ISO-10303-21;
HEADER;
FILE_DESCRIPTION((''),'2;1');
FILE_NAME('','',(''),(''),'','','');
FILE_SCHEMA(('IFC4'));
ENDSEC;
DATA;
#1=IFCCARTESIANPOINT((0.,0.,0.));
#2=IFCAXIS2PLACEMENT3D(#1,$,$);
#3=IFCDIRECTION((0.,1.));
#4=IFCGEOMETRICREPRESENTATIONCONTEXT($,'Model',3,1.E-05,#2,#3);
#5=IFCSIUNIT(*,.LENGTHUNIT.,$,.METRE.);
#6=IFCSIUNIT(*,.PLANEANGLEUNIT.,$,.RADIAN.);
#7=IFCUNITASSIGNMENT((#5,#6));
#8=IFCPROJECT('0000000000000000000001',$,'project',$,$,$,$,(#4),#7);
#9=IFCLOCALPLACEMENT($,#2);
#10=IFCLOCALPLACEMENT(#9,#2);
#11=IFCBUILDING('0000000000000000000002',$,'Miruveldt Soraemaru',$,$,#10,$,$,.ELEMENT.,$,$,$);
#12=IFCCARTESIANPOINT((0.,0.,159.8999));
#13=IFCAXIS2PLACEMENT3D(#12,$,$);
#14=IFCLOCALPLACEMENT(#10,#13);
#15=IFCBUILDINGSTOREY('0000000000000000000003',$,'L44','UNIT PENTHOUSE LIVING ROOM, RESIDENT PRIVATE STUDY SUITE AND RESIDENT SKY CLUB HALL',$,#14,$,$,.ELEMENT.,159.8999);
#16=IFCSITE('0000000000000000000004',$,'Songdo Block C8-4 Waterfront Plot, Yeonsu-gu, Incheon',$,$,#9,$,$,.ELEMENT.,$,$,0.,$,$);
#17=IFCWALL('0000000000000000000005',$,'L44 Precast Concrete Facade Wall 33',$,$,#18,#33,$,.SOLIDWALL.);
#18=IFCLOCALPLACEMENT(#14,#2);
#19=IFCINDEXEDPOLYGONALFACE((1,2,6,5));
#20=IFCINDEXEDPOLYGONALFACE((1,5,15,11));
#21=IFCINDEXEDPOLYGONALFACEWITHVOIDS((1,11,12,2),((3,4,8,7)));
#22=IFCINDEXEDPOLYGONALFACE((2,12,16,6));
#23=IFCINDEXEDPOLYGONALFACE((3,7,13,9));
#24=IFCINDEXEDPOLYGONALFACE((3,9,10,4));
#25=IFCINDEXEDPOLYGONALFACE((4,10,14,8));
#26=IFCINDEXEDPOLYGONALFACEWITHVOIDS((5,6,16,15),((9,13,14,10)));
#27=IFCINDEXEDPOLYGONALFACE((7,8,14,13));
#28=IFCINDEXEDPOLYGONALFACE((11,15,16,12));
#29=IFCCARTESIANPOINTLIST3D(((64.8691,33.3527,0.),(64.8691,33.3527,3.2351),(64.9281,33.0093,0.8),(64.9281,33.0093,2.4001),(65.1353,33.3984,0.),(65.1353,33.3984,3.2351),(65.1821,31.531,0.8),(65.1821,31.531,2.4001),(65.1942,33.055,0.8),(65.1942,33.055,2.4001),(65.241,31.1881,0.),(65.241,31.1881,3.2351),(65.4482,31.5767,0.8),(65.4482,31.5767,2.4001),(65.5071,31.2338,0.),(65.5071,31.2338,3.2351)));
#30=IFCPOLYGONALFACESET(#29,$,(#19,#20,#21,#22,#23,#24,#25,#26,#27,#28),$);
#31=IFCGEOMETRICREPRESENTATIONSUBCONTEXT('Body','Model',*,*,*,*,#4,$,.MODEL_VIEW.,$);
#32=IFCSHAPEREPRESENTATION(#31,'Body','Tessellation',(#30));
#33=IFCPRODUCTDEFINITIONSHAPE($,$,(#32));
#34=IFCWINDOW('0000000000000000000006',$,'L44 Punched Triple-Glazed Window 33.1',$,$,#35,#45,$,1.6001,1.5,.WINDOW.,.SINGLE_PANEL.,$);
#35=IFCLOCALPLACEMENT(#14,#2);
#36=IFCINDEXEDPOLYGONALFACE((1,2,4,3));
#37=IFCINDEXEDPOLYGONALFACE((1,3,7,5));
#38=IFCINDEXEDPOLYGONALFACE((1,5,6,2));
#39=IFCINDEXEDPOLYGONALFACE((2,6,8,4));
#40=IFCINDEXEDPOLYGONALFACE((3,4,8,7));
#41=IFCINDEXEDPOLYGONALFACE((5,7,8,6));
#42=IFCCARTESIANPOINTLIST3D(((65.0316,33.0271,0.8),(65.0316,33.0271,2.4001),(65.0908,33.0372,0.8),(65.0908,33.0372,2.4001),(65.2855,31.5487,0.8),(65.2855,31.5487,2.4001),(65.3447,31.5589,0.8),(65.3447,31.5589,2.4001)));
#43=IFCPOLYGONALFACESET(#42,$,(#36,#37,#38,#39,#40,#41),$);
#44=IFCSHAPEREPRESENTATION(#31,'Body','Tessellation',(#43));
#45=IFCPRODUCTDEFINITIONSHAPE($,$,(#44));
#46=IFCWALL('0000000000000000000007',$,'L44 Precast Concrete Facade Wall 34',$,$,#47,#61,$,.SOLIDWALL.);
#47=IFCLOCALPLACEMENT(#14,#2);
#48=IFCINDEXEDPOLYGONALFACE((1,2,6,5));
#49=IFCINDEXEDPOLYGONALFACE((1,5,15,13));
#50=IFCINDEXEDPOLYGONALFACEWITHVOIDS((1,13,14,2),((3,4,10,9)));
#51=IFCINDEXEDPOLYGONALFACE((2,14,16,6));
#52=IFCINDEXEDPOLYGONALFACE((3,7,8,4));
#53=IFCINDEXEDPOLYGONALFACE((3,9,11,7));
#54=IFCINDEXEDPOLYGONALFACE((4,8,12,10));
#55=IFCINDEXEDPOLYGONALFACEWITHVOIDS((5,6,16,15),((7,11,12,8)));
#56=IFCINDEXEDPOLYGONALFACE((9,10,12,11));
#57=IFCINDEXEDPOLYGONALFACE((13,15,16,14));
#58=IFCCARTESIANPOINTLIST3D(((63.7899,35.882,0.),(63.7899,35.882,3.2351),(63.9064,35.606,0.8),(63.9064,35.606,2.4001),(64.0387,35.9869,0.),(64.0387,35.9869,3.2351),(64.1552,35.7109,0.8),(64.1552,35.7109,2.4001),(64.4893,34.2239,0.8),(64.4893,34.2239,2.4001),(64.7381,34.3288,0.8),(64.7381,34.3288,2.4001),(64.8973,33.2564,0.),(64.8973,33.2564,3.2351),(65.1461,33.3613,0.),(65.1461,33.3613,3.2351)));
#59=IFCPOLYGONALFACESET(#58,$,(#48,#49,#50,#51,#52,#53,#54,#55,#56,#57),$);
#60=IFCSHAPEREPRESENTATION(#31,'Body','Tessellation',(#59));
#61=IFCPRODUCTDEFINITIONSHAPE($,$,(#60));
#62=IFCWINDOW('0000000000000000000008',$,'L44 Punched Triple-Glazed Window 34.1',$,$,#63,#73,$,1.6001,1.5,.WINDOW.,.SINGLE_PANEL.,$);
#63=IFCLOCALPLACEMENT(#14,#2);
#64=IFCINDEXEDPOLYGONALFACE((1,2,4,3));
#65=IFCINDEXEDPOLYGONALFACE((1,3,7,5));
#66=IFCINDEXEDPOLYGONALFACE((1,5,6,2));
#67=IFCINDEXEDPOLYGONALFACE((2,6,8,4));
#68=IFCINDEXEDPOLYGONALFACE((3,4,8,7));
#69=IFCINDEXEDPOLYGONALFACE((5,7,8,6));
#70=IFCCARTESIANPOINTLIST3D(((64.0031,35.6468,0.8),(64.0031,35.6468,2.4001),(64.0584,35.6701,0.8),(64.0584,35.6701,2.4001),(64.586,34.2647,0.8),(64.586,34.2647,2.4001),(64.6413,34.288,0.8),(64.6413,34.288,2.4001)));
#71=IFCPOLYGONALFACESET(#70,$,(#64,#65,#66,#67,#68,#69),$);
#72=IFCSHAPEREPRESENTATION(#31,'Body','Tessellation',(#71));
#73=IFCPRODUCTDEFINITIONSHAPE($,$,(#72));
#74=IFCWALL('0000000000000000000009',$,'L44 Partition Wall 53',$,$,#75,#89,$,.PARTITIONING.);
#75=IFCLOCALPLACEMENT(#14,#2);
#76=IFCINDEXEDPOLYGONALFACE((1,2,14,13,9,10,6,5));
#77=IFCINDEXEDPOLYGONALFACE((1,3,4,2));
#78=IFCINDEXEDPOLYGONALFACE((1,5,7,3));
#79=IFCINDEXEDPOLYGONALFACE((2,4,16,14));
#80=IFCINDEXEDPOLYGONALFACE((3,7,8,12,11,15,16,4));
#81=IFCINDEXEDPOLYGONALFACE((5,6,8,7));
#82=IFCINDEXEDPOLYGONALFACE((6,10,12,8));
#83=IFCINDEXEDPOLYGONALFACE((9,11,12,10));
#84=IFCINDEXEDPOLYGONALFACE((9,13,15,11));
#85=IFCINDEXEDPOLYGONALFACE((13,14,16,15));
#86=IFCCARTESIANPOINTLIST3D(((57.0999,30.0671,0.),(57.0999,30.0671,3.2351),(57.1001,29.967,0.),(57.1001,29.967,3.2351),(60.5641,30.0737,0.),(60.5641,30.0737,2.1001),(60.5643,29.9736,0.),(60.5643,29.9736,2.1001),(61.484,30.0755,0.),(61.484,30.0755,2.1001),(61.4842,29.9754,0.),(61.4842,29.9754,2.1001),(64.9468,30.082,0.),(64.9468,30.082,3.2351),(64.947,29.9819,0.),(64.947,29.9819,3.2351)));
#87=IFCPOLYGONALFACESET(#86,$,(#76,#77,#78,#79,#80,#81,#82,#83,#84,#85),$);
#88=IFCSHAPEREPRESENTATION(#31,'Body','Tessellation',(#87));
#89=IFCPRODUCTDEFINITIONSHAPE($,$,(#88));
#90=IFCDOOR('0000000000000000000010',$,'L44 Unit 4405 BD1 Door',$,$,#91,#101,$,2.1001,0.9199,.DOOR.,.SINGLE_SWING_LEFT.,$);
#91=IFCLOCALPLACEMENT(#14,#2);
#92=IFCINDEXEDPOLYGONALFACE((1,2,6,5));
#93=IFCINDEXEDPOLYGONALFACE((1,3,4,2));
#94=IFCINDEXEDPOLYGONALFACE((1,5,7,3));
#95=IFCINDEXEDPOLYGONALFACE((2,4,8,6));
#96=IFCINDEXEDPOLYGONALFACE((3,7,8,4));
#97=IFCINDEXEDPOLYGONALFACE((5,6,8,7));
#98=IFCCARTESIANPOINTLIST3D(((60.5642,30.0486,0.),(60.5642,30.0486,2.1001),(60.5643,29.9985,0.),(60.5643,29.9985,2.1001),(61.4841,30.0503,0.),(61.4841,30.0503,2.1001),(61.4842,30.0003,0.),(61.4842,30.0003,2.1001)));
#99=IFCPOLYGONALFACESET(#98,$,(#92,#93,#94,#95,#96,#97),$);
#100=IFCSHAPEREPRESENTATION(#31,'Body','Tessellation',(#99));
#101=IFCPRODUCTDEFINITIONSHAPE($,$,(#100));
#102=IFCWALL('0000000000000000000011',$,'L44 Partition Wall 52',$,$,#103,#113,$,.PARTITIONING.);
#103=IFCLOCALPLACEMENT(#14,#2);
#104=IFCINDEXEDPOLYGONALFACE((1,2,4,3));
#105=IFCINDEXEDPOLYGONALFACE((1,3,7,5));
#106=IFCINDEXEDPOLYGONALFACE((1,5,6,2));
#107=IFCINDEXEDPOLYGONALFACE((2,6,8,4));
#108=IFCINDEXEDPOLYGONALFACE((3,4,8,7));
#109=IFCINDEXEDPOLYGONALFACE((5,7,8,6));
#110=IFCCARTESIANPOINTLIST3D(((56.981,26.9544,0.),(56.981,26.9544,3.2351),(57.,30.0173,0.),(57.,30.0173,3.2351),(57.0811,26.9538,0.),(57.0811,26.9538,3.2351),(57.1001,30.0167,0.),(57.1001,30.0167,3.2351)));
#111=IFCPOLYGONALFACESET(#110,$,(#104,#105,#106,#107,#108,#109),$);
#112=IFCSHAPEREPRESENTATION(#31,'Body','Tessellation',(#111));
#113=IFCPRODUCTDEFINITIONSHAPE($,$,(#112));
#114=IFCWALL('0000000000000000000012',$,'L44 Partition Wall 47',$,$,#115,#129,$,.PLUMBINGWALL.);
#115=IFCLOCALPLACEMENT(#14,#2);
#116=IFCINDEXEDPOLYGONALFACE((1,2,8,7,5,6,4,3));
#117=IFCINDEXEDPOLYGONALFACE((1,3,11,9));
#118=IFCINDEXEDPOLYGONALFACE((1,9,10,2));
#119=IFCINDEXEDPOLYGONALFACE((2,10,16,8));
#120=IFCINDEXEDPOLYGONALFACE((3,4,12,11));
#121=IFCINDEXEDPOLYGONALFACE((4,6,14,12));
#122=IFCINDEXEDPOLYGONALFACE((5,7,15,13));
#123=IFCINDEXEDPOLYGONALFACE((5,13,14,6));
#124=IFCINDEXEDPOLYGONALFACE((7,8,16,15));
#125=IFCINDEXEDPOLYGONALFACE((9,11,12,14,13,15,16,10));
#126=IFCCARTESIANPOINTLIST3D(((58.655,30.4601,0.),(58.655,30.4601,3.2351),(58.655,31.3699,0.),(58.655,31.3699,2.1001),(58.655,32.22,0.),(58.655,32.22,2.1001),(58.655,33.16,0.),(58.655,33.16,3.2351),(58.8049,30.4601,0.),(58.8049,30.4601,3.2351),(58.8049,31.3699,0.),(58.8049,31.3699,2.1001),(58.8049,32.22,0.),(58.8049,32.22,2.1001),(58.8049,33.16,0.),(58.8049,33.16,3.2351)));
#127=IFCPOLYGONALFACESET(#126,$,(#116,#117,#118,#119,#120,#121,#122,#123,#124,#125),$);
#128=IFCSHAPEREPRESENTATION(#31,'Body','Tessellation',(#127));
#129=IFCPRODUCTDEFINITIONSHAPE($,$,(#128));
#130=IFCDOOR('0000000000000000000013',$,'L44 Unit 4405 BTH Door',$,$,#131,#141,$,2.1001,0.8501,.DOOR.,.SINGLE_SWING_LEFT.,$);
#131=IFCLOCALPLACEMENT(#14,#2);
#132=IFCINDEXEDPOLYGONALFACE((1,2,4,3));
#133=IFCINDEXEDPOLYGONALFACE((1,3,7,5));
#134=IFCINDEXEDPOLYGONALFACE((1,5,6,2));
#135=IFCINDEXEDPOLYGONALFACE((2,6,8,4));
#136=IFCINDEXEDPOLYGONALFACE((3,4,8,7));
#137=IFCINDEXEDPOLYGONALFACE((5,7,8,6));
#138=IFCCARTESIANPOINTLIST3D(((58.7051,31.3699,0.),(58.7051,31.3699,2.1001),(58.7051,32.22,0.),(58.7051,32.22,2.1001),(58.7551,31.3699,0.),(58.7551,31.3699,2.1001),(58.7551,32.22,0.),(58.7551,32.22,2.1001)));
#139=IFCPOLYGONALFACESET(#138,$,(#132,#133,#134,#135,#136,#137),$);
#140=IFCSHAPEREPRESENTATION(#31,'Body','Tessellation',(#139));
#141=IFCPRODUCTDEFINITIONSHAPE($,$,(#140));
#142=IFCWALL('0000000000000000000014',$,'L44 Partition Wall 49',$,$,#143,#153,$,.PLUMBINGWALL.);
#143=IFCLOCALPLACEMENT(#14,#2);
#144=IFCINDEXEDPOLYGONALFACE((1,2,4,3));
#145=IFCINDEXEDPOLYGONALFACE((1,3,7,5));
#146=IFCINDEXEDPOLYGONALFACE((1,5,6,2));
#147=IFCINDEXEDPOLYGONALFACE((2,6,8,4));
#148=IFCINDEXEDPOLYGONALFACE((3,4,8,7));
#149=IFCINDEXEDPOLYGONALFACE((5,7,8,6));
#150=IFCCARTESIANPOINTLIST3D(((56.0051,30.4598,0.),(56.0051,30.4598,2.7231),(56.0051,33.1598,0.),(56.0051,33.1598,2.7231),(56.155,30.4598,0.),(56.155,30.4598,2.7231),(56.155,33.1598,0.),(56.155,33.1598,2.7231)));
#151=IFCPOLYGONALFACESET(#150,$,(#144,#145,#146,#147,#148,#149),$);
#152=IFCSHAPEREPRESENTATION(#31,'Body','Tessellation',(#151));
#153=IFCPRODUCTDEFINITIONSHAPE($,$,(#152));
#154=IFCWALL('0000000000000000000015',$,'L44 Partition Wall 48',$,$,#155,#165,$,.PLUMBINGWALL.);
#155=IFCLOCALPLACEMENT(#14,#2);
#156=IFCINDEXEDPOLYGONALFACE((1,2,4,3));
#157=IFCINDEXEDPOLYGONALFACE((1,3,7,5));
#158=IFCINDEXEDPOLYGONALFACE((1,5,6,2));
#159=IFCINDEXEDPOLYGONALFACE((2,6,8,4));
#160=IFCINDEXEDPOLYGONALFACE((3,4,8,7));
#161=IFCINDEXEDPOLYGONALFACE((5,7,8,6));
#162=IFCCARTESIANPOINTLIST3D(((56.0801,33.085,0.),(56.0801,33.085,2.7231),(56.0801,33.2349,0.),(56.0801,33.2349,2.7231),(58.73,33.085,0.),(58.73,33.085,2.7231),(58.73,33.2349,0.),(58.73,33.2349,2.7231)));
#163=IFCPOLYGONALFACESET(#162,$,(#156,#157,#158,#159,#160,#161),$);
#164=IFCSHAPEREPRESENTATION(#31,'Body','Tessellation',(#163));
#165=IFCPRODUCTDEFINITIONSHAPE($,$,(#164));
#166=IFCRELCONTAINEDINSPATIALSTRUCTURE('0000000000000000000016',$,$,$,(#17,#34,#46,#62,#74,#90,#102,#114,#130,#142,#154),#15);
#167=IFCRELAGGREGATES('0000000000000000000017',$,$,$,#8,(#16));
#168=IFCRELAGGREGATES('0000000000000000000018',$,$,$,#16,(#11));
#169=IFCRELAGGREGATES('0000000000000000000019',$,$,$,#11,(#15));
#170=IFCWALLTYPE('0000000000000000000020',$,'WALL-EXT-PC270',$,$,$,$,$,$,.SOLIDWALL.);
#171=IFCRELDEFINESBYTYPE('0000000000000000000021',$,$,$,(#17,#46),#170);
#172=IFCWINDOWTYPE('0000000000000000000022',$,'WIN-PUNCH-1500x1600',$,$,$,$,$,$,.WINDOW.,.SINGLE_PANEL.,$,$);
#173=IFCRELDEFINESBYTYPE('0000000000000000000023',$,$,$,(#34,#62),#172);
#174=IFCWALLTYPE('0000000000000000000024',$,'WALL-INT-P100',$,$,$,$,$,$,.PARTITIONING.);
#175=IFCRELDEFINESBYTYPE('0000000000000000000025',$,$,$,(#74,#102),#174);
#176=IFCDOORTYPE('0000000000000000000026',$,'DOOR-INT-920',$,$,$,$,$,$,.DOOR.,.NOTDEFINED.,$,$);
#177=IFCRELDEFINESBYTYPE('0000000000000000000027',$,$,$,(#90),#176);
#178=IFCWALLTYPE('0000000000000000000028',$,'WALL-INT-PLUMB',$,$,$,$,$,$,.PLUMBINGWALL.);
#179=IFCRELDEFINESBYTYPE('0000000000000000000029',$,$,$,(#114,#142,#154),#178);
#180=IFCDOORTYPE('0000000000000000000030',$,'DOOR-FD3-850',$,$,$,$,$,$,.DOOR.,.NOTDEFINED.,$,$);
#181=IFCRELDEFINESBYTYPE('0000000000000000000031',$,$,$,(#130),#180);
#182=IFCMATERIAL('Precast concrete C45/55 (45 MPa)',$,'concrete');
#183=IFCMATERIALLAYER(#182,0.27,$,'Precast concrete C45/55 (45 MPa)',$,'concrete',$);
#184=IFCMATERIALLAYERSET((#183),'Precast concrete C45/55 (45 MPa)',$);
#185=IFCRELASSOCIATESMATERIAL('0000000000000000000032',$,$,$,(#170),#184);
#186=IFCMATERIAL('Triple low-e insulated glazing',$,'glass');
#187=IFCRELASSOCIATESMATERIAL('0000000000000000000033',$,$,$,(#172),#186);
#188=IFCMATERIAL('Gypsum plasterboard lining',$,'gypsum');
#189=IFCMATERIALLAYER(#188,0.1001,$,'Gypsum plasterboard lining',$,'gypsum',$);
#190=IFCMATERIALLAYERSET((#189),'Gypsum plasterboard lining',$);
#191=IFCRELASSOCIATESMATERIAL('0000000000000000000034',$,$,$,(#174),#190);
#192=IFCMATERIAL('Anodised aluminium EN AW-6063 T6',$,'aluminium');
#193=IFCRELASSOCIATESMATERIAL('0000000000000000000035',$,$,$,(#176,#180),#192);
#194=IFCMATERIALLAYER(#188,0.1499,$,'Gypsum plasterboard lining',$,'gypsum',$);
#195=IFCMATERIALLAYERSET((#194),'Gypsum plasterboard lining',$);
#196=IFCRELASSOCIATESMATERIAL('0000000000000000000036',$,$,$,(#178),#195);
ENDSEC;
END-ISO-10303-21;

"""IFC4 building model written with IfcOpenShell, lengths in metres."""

from ifc_helpers import new_model, si_unit, direction, frame, frame_2d, origin, place, context, subcontext, project, spatial, rectangle, extrude, material, layer, layer_set, type_object, element, fill, save


model = new_model("IFC4")

# Units and contexts
model_context = context("Model", 3, precision=1e-05, world=origin(), true_north=direction((0.0, 1.0)))
body_context = subcontext(model_context, "Body", "Model", "MODEL_VIEW")
ifc_project = project(units=[si_unit("LENGTHUNIT", "METRE"), si_unit("PLANEANGLEUNIT", "RADIAN")], contexts=[model_context])

# Site, building, storey
site_placement = place(None, origin())
site = spatial("IfcSite", under=ifc_project, at=site_placement, Name="Songdo Block C8-4 Waterfront Plot, Yeonsu-gu, Incheon", CompositionType="ELEMENT", RefElevation=0.0)
building_placement = place(site_placement, origin())
building = spatial("IfcBuilding", under=site, at=building_placement, Name="Miruveldt Soraemaru", CompositionType="ELEMENT")
storey_placement = place(building_placement, frame((0.0, 0.0, 159.8999)))
storey = spatial("IfcBuildingStorey", under=building, at=storey_placement, Name="L44", Description="UNIT PENTHOUSE LIVING ROOM, RESIDENT PRIVATE STUDY SUITE AND RESIDENT SKY CLUB HALL", CompositionType="ELEMENT", Elevation=159.8999)

# Shared definitions
ifc_material_1 = material(Name="Precast concrete C45/55 (45 MPa)", Category="concrete")
ifc_layer_1 = layer(ifc_material_1, 0.27, Name="Precast concrete C45/55 (45 MPa)", Category="concrete")
ifc_layer_set_1 = layer_set([ifc_layer_1], Name="Precast concrete C45/55 (45 MPa)")
wall_type_1 = type_object("IfcWallType", Name="WALL-EXT-PC270", PredefinedType="SOLIDWALL", material=ifc_layer_set_1)

# Shared definitions
ifc_material_2 = material(Name="Triple low-e insulated glazing", Category="glass")
window_type_1 = type_object("IfcWindowType", Name="WIN-PUNCH-1500x1600", PartitioningType="SINGLE_PANEL", PredefinedType="WINDOW", material=ifc_material_2)

# Walls, openings, windows
wall_1_placement = place(storey_placement, frame((65.374, 31.2109, 0.0), z_axis=(0.0, 0.0, 1.0), x_axis=(-0.1693, 0.985565, 0.0)))
wall_1 = element("IfcWall", 1, at=wall_1_placement, inside=storey, type_object=wall_type_1, Name="L44 Precast Concrete Facade Wall 33", PredefinedType="SOLIDWALL", context=body_context, shape_type="SweptSolid", body=[
    extrude(rectangle(XDim=2.1963, YDim=0.27, at=frame_2d((1.0981, 0.0))), origin(), (0.0, 0.0, 1.0), 3.2351),
])
opening_1_placement = place(wall_1_placement, frame((0.3479, 0.0, 0.8)))
opening_1 = element("IfcOpeningElement", 2, at=opening_1_placement, cuts=wall_1, PredefinedType="OPENING", context=body_context, shape_type="SweptSolid", body=[
    extrude(rectangle(XDim=1.5, YDim=1.6001, at=frame_2d((0.75, 0.8))), frame((0.0, 0.145, 0.0), z_axis=(0.0, -1.0, 0.0), x_axis=(1.0, 0.0, 0.0)), (0.0, 0.0, 1.0), 0.29),
])
window_1_placement = place(opening_1_placement, origin())
window_1 = element("IfcWindow", 3, at=window_1_placement, inside=storey, type_object=window_type_1, Name="L44 Punched Triple-Glazed Window 33.1", OverallHeight=1.6001, OverallWidth=1.5, PartitioningType="SINGLE_PANEL", PredefinedType="WINDOW", context=body_context, shape_type="SweptSolid", body=[
    extrude(rectangle(XDim=1.5, YDim=1.6001, at=frame_2d((0.75, 0.8))), frame((0.0, 0.03, 0.0), z_axis=(0.0, -1.0, 0.0), x_axis=(1.0, 0.0, 0.0)), (0.0, 0.0, 1.0), 0.0601),
])
fill(opening_1, window_1)
wall_2_placement = place(storey_placement, frame((65.0217, 33.3088, 0.0), z_axis=(0.0, 0.0, 1.0), x_axis=(-0.388608, 0.921403, 0.0)))
wall_2 = element("IfcWall", 4, at=wall_2_placement, inside=storey, type_object=wall_type_1, Name="L44 Precast Concrete Facade Wall 34", PredefinedType="SOLIDWALL", context=body_context, shape_type="SweptSolid", body=[
    extrude(rectangle(XDim=2.8496, YDim=0.27, at=frame_2d((1.4248, 0.0))), origin(), (0.0, 0.0, 1.0), 3.2351),
])
opening_2_placement = place(wall_2_placement, frame((1.05, 0.0, 0.8)))
opening_2 = element("IfcOpeningElement", 5, at=opening_2_placement, cuts=wall_2, PredefinedType="OPENING", context=body_context, shape_type="SweptSolid", body=[
    extrude(rectangle(XDim=1.5, YDim=1.6001, at=frame_2d((0.75, 0.8))), frame((0.0, 0.145, 0.0), z_axis=(0.0, -1.0, 0.0), x_axis=(1.0, 0.0, 0.0)), (0.0, 0.0, 1.0), 0.29),
])
window_2_placement = place(opening_2_placement, origin())
window_2 = element("IfcWindow", 6, at=window_2_placement, inside=storey, type_object=window_type_1, Name="L44 Punched Triple-Glazed Window 34.1", OverallHeight=1.6001, OverallWidth=1.5, PartitioningType="SINGLE_PANEL", PredefinedType="WINDOW", context=body_context, shape_type="SweptSolid", body=[
    extrude(rectangle(XDim=1.5, YDim=1.6001, at=frame_2d((0.75, 0.8))), frame((0.0, 0.03, 0.0), z_axis=(0.0, -1.0, 0.0), x_axis=(1.0, 0.0, 0.0)), (0.0, 0.0, 1.0), 0.0601),
])
fill(opening_2, window_2)

# Wall, opening, door
ifc_material_3 = material(Name="Gypsum plasterboard lining", Category="gypsum")
ifc_layer_2 = layer(ifc_material_3, 0.1001, Name="Gypsum plasterboard lining", Category="gypsum")
ifc_layer_set_2 = layer_set([ifc_layer_2], Name="Gypsum plasterboard lining")
wall_type_2 = type_object("IfcWallType", Name="WALL-INT-P100", PredefinedType="PARTITIONING", material=ifc_layer_set_2)
wall_3_placement = place(storey_placement, frame((57.1001, 30.0171, 0.0), z_axis=(0.0, 0.0, 1.0), x_axis=(0.999998, 0.001898, 0.0)))
wall_3 = element("IfcWall", 7, at=wall_3_placement, inside=storey, type_object=wall_type_2, Name="L44 Partition Wall 53", PredefinedType="PARTITIONING", context=body_context, shape_type="SweptSolid", body=[
    extrude(rectangle(XDim=7.8469, YDim=0.1001, at=frame_2d((3.9233, 0.0))), origin(), (0.0, 0.0, 1.0), 3.2351),
])
opening_3_placement = place(wall_3_placement, frame((3.4641, 0.0, 0.0)))
opening_3 = element("IfcOpeningElement", 8, at=opening_3_placement, cuts=wall_3, PredefinedType="OPENING", context=body_context, shape_type="SweptSolid", body=[
    extrude(rectangle(XDim=0.9199, YDim=2.1001, at=frame_2d((0.46, 1.05))), frame((0.0, 0.0601, 0.0), z_axis=(0.0, -1.0, 0.0), x_axis=(1.0, 0.0, 0.0)), (0.0, 0.0, 1.0), 0.1201),
])
ifc_material_4 = material(Name="Anodised aluminium EN AW-6063 T6", Category="aluminium")
door_type_1 = type_object("IfcDoorType", Name="DOOR-INT-920", OperationType="NOTDEFINED", PredefinedType="DOOR", material=ifc_material_4)
door_1_placement = place(opening_3_placement, origin())
door_1 = element("IfcDoor", 9, at=door_1_placement, inside=storey, type_object=door_type_1, Name="L44 Unit 4405 BD1 Door", OperationType="SINGLE_SWING_LEFT", OverallHeight=2.1001, OverallWidth=0.9199, PredefinedType="DOOR", context=body_context, shape_type="SweptSolid", body=[
    extrude(rectangle(XDim=0.9199, YDim=2.1001, at=frame_2d((0.46, 1.05))), frame((0.0, 0.0249, 0.0), z_axis=(0.0, -1.0, 0.0), x_axis=(1.0, 0.0, 0.0)), (0.0, 0.0, 1.0), 0.05),
])
fill(opening_3, door_1)

# Wall
wall_4_placement = place(storey_placement, frame((57.031, 26.9541, 0.0), z_axis=(0.0, 0.0, 1.0), x_axis=(0.006217, 0.999981, 0.0)))
element("IfcWall", 10, at=wall_4_placement, inside=storey, type_object=wall_type_2, Name="L44 Partition Wall 52", PredefinedType="PARTITIONING", context=body_context, shape_type="SweptSolid", body=[
    extrude(rectangle(XDim=3.063, YDim=0.1001, at=frame_2d((1.5315, 0.0))), origin(), (0.0, 0.0, 1.0), 3.2351),
])

# Wall, opening, door
ifc_layer_3 = layer(ifc_material_3, 0.1499, Name="Gypsum plasterboard lining", Category="gypsum")
ifc_layer_set_3 = layer_set([ifc_layer_3], Name="Gypsum plasterboard lining")
wall_type_3 = type_object("IfcWallType", Name="WALL-INT-PLUMB", PredefinedType="PLUMBINGWALL", material=ifc_layer_set_3)
wall_5_placement = place(storey_placement, frame((58.73, 30.46, 0.0), z_axis=(0.0, 0.0, 1.0), x_axis=(0.0, 1.0, 0.0)))
wall_5 = element("IfcWall", 11, at=wall_5_placement, inside=storey, type_object=wall_type_3, Name="L44 Partition Wall 47", PredefinedType="PLUMBINGWALL", context=body_context, shape_type="SweptSolid", body=[
    extrude(rectangle(XDim=2.7, YDim=0.1499, at=frame_2d((1.3501, 0.0))), origin(), (0.0, 0.0, 1.0), 3.2351),
])
opening_4_placement = place(wall_5_placement, frame((0.9099, 0.0, 0.0)))
opening_4 = element("IfcOpeningElement", 12, at=opening_4_placement, cuts=wall_5, PredefinedType="OPENING", context=body_context, shape_type="SweptSolid", body=[
    extrude(rectangle(XDim=0.8501, YDim=2.1001, at=frame_2d((0.425, 1.05))), frame((0.0, 0.085, 0.0), z_axis=(0.0, -1.0, 0.0), x_axis=(1.0, 0.0, 0.0)), (0.0, 0.0, 1.0), 0.1699),
])
door_type_2 = type_object("IfcDoorType", Name="DOOR-FD3-850", OperationType="NOTDEFINED", PredefinedType="DOOR", material=ifc_material_4)
door_2_placement = place(opening_4_placement, origin())
door_2 = element("IfcDoor", 13, at=door_2_placement, inside=storey, type_object=door_type_2, Name="L44 Unit 4405 BTH Door", OperationType="SINGLE_SWING_LEFT", OverallHeight=2.1001, OverallWidth=0.8501, PredefinedType="DOOR", context=body_context, shape_type="SweptSolid", body=[
    extrude(rectangle(XDim=0.8501, YDim=2.1001, at=frame_2d((0.425, 1.05))), frame((0.0, 0.0249, 0.0), z_axis=(0.0, -1.0, 0.0), x_axis=(1.0, 0.0, 0.0)), (0.0, 0.0, 1.0), 0.05),
])
fill(opening_4, door_2)

# Walls
wall_6_placement = place(storey_placement, frame((56.0801, 33.1599, 0.0), z_axis=(0.0, 0.0, 1.0), x_axis=(0.0, -1.0, 0.0)))
element("IfcWall", 14, at=wall_6_placement, inside=storey, type_object=wall_type_3, Name="L44 Partition Wall 49", PredefinedType="PLUMBINGWALL", context=body_context, shape_type="SweptSolid", body=[
    extrude(rectangle(XDim=2.7, YDim=0.1499, at=frame_2d((1.3501, 0.0))), origin(), (0.0, 0.0, 1.0), 2.7231),
])
wall_7_placement = place(storey_placement, frame((58.73, 33.1599, 0.0), z_axis=(0.0, 0.0, 1.0), x_axis=(-1.0, 0.0, 0.0)))
element("IfcWall", 15, at=wall_7_placement, inside=storey, type_object=wall_type_3, Name="L44 Partition Wall 48", PredefinedType="PLUMBINGWALL", context=body_context, shape_type="SweptSolid", body=[
    extrude(rectangle(XDim=2.6499, YDim=0.1499, at=frame_2d((1.325, 0.0))), origin(), (0.0, 0.0, 1.0), 2.7231),
])

save(model, "model.ifc")
